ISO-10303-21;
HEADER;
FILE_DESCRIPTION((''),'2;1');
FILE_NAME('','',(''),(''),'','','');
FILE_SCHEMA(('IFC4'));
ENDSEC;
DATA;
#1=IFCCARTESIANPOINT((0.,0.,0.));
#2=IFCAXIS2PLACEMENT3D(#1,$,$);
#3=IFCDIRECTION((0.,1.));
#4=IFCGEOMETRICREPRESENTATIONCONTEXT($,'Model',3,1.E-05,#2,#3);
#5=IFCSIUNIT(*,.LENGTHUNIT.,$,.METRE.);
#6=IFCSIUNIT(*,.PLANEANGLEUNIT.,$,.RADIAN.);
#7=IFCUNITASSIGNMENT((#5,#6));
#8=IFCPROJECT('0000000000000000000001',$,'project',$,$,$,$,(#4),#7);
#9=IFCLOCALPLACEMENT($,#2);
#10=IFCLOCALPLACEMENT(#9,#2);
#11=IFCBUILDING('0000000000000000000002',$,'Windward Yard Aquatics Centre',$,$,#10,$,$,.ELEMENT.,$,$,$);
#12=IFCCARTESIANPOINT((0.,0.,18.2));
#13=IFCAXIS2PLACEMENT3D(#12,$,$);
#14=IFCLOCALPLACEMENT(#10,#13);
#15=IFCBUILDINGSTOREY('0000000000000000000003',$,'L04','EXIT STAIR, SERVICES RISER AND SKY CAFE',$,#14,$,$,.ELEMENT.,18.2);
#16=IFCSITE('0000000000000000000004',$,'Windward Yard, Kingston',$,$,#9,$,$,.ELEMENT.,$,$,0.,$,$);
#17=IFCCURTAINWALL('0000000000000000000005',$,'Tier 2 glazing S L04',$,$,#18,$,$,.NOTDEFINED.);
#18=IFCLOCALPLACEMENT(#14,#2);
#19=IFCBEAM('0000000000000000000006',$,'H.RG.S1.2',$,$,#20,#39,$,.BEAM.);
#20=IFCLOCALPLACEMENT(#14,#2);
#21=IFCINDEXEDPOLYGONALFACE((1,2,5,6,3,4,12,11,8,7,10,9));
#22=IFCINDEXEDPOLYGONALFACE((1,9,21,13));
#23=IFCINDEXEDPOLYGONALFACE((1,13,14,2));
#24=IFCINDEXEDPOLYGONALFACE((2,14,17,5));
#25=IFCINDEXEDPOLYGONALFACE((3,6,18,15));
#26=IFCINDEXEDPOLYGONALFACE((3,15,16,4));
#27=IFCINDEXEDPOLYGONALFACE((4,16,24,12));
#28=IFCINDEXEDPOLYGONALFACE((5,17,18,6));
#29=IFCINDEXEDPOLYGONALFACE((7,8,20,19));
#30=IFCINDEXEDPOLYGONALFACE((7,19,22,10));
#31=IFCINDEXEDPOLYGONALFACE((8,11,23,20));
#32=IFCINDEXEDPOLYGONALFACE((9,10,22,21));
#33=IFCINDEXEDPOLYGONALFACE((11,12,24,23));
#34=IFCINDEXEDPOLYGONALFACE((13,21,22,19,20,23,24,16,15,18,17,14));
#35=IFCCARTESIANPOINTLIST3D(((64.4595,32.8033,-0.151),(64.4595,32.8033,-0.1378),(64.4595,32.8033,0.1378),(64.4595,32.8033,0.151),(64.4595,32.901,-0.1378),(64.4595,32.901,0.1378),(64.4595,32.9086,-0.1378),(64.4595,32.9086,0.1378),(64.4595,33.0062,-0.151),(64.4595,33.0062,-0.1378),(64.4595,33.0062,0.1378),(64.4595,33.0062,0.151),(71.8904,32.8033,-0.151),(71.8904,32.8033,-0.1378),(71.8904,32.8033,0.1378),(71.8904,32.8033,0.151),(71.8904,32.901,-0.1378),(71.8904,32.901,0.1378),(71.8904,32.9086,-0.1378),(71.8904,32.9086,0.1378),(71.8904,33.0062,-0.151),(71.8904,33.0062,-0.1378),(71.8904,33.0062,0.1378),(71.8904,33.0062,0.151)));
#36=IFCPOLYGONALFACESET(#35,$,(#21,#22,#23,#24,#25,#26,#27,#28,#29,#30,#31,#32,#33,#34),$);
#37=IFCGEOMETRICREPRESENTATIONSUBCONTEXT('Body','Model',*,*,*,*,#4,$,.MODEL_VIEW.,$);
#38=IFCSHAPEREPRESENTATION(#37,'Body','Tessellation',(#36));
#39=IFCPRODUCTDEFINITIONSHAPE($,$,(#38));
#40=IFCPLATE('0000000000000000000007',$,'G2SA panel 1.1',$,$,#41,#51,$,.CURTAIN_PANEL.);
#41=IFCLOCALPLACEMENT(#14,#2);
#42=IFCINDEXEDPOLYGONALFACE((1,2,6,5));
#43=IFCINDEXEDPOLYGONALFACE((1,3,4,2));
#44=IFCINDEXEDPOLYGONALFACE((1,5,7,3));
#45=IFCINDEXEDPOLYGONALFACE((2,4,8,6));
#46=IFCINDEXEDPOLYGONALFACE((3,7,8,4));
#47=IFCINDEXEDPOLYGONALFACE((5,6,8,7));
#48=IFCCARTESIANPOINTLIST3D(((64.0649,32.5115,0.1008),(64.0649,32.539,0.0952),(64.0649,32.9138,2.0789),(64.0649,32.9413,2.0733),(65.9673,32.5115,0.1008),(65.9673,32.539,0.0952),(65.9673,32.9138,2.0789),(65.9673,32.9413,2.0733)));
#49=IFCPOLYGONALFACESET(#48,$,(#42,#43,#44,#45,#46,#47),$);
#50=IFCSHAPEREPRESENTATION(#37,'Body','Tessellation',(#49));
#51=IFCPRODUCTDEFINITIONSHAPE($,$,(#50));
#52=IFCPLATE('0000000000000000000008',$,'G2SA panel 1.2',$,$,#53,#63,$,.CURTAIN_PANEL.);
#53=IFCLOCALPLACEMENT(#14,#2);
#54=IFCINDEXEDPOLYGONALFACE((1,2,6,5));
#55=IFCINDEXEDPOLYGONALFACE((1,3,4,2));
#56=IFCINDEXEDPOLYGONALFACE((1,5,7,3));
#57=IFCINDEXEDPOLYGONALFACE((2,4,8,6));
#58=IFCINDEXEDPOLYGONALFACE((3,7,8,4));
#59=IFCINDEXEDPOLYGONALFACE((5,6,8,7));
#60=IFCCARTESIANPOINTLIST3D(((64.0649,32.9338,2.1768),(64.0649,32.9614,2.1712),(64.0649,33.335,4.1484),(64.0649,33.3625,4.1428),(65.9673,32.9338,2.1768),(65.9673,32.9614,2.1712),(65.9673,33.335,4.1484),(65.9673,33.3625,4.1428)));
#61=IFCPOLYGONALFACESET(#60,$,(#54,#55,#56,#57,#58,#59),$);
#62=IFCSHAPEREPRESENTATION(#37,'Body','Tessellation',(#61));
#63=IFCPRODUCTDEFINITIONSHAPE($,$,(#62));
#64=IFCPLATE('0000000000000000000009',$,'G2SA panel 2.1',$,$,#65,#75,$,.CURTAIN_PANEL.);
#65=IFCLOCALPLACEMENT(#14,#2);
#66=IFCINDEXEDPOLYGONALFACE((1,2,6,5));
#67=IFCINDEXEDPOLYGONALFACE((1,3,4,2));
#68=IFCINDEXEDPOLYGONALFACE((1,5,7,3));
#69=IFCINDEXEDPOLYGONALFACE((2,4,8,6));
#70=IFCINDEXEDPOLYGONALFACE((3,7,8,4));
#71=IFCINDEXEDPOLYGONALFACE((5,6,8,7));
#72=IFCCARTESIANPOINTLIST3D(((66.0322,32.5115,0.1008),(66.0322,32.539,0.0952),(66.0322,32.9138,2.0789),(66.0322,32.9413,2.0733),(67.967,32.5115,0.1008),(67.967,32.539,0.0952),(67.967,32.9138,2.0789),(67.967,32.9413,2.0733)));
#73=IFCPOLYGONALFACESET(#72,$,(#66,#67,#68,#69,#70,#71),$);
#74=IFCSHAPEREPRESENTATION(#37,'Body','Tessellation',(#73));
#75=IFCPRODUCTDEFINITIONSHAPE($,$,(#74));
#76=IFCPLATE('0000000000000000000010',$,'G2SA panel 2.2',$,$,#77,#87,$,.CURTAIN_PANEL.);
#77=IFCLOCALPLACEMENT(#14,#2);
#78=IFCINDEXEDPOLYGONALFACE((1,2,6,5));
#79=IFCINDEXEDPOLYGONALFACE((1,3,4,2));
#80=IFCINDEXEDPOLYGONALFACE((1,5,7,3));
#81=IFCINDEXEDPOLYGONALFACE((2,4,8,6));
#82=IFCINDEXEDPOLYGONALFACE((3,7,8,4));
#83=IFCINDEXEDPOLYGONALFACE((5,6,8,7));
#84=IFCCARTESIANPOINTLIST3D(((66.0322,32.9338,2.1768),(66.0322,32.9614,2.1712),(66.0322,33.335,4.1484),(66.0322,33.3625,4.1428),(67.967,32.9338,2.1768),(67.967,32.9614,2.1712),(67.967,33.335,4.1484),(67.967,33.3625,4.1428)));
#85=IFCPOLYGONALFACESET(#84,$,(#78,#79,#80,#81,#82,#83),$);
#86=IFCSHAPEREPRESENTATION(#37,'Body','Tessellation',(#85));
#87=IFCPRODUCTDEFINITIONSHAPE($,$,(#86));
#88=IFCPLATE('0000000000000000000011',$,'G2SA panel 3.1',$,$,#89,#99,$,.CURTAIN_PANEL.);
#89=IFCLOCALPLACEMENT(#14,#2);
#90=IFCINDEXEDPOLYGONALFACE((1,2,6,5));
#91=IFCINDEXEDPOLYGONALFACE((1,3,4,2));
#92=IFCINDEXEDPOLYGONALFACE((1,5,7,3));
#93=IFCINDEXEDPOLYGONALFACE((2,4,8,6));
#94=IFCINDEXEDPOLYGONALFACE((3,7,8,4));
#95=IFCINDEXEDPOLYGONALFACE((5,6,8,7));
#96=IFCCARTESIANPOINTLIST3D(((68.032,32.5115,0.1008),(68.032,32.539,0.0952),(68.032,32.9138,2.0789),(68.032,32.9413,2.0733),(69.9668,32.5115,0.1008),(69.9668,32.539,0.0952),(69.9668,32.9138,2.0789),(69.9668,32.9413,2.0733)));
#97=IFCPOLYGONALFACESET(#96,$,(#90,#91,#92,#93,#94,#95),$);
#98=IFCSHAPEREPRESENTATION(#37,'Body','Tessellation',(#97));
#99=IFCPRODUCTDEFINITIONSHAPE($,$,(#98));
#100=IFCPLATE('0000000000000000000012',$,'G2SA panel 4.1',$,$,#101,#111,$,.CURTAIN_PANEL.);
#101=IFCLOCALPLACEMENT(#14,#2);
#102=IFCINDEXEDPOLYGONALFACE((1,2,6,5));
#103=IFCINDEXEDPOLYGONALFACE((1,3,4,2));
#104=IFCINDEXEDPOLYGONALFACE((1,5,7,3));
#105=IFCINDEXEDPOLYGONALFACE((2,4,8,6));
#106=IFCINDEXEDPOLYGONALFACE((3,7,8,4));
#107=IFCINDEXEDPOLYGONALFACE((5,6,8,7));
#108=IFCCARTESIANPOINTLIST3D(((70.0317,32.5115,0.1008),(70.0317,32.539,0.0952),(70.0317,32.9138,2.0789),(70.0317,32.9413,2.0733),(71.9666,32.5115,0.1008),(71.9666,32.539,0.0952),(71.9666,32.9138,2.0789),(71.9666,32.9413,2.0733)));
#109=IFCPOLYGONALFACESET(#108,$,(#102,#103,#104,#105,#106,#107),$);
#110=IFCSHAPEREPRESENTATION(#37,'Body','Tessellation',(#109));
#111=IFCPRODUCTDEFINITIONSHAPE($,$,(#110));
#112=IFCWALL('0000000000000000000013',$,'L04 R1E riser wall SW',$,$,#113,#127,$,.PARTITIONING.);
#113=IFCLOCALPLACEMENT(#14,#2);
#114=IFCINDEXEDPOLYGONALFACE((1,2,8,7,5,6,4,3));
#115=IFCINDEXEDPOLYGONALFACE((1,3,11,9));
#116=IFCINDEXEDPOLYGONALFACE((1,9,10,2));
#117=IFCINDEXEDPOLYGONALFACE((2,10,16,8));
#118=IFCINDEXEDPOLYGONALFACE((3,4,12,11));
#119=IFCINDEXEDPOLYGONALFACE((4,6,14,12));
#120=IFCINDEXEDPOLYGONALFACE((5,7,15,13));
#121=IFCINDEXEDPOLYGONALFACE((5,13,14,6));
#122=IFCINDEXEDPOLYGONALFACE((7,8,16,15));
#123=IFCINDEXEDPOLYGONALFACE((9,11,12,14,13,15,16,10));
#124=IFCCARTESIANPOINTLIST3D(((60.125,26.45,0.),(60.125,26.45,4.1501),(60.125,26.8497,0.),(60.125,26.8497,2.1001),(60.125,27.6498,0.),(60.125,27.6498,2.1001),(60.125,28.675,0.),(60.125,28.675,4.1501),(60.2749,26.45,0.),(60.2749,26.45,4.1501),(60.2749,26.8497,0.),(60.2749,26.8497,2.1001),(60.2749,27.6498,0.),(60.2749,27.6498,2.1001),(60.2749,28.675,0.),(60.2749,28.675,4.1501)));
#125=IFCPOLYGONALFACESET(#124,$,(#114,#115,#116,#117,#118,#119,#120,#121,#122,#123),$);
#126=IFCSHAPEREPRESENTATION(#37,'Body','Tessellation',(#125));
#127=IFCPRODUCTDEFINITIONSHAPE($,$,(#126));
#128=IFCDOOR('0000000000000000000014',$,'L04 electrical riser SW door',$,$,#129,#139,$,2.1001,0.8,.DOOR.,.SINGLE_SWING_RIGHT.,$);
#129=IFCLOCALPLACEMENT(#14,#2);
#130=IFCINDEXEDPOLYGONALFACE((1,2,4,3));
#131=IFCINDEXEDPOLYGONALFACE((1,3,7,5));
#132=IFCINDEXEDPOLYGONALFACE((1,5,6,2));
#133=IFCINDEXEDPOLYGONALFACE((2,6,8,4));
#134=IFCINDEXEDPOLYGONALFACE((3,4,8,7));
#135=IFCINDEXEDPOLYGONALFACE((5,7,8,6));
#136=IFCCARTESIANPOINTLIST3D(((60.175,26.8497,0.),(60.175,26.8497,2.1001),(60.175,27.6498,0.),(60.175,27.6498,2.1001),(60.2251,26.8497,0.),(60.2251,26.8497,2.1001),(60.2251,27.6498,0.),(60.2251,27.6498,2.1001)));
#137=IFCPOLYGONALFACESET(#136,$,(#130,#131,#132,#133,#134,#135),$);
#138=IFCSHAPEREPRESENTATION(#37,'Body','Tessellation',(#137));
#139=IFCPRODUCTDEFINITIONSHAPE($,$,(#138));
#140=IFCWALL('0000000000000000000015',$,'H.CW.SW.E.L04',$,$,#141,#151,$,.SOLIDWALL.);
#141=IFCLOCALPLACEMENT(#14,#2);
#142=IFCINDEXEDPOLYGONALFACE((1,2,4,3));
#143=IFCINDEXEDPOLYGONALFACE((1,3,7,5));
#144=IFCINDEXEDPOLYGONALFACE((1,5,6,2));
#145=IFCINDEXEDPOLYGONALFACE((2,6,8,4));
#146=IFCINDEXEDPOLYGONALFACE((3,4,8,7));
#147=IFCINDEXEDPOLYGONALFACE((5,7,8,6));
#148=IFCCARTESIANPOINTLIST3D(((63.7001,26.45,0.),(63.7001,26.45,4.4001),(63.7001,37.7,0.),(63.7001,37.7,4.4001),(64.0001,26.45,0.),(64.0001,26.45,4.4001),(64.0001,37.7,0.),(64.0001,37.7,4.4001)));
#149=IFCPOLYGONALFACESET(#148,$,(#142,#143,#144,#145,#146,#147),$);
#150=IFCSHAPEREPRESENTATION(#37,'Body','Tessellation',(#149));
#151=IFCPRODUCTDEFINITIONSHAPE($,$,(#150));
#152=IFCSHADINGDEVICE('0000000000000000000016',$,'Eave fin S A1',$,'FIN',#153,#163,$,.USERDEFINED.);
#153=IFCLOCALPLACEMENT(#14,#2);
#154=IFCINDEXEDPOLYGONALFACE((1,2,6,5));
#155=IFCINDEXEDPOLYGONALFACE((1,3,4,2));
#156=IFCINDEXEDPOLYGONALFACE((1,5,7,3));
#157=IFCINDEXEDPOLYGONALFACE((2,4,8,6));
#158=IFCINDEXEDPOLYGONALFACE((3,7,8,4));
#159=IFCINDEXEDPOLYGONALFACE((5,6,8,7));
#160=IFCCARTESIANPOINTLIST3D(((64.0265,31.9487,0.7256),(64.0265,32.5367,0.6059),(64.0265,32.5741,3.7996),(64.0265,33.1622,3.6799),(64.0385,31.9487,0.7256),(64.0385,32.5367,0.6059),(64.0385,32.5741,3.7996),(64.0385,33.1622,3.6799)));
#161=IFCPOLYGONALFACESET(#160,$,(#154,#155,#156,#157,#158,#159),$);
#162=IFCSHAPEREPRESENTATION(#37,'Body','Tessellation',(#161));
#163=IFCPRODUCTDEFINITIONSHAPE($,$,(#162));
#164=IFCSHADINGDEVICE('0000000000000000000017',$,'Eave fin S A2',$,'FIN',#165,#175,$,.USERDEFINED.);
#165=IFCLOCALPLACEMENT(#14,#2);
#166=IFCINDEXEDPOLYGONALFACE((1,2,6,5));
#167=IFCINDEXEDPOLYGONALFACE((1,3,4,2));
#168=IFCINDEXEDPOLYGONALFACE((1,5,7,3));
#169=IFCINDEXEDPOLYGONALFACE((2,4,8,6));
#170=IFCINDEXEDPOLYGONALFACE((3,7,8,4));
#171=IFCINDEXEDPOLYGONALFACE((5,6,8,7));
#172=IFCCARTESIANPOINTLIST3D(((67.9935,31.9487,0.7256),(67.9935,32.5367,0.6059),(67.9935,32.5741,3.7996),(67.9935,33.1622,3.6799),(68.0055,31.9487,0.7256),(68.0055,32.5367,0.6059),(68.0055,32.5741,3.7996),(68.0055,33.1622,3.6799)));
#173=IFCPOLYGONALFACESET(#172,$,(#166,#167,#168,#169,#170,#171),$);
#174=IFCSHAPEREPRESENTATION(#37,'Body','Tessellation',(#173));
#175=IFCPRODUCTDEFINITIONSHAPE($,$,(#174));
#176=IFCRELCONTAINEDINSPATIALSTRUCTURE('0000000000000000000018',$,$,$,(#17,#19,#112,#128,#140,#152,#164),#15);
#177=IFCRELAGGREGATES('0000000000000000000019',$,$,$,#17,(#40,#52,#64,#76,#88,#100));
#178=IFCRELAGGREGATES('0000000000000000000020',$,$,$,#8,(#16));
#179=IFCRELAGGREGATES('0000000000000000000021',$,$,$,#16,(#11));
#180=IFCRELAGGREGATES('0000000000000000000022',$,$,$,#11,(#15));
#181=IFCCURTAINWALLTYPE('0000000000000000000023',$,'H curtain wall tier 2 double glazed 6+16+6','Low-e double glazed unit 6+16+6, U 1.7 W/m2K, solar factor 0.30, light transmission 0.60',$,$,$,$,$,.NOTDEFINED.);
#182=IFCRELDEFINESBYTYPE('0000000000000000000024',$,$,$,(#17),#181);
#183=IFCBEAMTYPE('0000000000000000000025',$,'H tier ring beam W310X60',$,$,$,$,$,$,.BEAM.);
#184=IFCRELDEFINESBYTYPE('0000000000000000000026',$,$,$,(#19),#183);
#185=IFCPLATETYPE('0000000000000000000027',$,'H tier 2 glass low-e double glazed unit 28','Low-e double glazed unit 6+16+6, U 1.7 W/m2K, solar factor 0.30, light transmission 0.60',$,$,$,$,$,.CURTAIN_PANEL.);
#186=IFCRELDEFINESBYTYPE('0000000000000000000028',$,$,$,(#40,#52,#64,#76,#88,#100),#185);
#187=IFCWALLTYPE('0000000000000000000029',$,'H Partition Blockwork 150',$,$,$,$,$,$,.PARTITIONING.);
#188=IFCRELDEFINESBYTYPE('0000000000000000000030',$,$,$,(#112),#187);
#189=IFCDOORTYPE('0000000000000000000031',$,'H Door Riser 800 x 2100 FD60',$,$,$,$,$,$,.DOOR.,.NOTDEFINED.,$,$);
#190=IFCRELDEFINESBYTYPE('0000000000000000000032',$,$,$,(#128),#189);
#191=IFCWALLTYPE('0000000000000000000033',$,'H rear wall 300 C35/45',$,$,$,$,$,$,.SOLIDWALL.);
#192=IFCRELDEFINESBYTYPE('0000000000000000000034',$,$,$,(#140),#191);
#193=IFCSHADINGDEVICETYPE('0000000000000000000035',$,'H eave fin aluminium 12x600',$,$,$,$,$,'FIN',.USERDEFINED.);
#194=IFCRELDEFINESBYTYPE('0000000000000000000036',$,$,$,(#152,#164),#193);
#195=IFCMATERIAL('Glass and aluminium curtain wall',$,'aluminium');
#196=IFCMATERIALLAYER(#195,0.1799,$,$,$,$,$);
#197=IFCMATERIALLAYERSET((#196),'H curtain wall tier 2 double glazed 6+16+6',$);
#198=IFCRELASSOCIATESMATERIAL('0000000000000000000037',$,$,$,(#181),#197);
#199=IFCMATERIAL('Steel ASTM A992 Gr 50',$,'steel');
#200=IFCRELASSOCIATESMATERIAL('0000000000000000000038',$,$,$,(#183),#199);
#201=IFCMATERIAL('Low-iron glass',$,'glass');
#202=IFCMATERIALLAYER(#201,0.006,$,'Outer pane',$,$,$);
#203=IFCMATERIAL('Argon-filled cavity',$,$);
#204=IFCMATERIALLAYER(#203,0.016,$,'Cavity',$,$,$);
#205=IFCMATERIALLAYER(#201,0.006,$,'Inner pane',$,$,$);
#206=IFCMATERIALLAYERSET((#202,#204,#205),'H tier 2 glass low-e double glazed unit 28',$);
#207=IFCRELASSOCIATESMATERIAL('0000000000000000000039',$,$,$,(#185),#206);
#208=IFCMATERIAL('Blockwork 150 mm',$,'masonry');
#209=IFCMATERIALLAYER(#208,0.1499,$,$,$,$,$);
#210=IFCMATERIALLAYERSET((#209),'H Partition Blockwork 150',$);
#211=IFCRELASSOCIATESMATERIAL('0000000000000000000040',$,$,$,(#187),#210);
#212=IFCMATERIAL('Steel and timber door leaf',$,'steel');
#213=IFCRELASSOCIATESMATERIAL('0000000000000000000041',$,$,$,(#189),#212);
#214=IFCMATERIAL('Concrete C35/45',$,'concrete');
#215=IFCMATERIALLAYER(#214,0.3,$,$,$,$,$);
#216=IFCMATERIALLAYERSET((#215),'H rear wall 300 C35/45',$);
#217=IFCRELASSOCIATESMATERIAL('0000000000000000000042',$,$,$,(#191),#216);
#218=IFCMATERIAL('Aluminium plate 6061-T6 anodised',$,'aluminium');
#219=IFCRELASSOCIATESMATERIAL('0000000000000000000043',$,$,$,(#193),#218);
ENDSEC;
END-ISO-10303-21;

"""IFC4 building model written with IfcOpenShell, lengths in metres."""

from ifc_helpers import new_model, si_unit, direction, frame, frame_2d, origin, origin_2d, place, context, subcontext, project, spatial, polyline, rectangle, i_section, outline, extrude, material, layer, layer_set, material_profile, profile_set, type_object, element, fill, aggregate, save


model = new_model("IFC4")

# Units and contexts
model_context = context("Model", 3, precision=1e-05, world=origin(), true_north=direction((0.0, 1.0)))
body_context = subcontext(model_context, "Body", "Model", "MODEL_VIEW")
ifc_project = project(units=[si_unit("LENGTHUNIT", "METRE"), si_unit("PLANEANGLEUNIT", "RADIAN")], contexts=[model_context])

# Site, building, storey
site_placement = place(None, origin())
site = spatial("IfcSite", under=ifc_project, at=site_placement, Name="Windward Yard, Kingston", CompositionType="ELEMENT", RefElevation=0.0)
building_placement = place(site_placement, origin())
building = spatial("IfcBuilding", under=site, at=building_placement, Name="Windward Yard Aquatics Centre", CompositionType="ELEMENT")
storey_placement = place(building_placement, frame((0.0, 0.0, 18.2)))
storey = spatial("IfcBuildingStorey", under=building, at=storey_placement, Name="L04", Description="EXIT STAIR, SERVICES RISER AND SKY CAFE", CompositionType="ELEMENT", Elevation=18.2)

# Curtain wall
ifc_material_1 = material(Name="Glass and aluminium curtain wall", Category="aluminium")
ifc_layer_1 = layer(ifc_material_1, 0.1799)
ifc_layer_set_1 = layer_set([ifc_layer_1], Name="H curtain wall tier 2 double glazed 6+16+6")
curtain_wall_type = type_object("IfcCurtainWallType", Name="H curtain wall tier 2 double glazed 6+16+6", Description="Low-e double glazed unit 6+16+6, U 1.7 W/m2K, solar factor 0.30, light transmission 0.60", PredefinedType="NOTDEFINED", material=ifc_layer_set_1)
curtain_wall_placement = place(storey_placement, origin())
curtain_wall = element("IfcCurtainWall", 1, at=curtain_wall_placement, inside=storey, type_object=curtain_wall_type, Name="Tier 2 glazing S L04", PredefinedType="NOTDEFINED")

# Beam
ifc_material_2 = material(Name="Steel ASTM A992 Gr 50", Category="steel")
ifc_material_profile_1 = material_profile(ifc_material_2, i_section(OverallWidth=0.2029, OverallDepth=0.302, WebThickness=0.0076, FlangeThickness=0.0132, at=origin_2d()), Name="W310X60")
ifc_profile_set_1 = profile_set([ifc_material_profile_1], Name="Steel ASTM A992 Gr 50")
beam_type = type_object("IfcBeamType", Name="H tier ring beam W310X60", PredefinedType="BEAM", material=ifc_profile_set_1)
beam_placement = place(storey_placement, frame((64.4595, 32.9048, 0.0), z_axis=(1.0, 0.0, 0.0), x_axis=(0.0, 1.0, 0.0)))
element("IfcBeam", 2, at=beam_placement, inside=storey, type_object=beam_type, Name="H.RG.S1.2", PredefinedType="BEAM", context=body_context, shape_type="SweptSolid", body=[
    extrude(i_section(OverallWidth=0.2029, OverallDepth=0.302, WebThickness=0.0076, FlangeThickness=0.0132, at=origin_2d()), origin(), (0.0, 0.0, 1.0), 7.4309),
])

# Plates
ifc_material_3 = material(Name="Low-iron glass", Category="glass")
ifc_layer_2 = layer(ifc_material_3, 0.006, Name="Outer pane")
ifc_material_4 = material(Name="Argon-filled cavity")
ifc_layer_3 = layer(ifc_material_4, 0.016, Name="Cavity")
ifc_layer_4 = layer(ifc_material_3, 0.006, Name="Inner pane")
ifc_layer_set_2 = layer_set([ifc_layer_2, ifc_layer_3, ifc_layer_4], Name="H tier 2 glass low-e double glazed unit 28")
plate_type = type_object("IfcPlateType", Name="H tier 2 glass low-e double glazed unit 28", Description="Low-e double glazed unit 6+16+6, U 1.7 W/m2K, solar factor 0.30, light transmission 0.60", PredefinedType="CURTAIN_PANEL", material=ifc_layer_set_2)
plate_1_placement = place(storey_placement, frame((64.0649, 32.5115, 0.1008), z_axis=(0.0, -0.979933, 0.199325), x_axis=(1.0, 0.0, 0.0)))
plate_1 = element("IfcPlate", 3, at=plate_1_placement, type_object=plate_type, Name="G2SA panel 1.1", PredefinedType="CURTAIN_PANEL", context=body_context, shape_type="SweptSolid", body=[
    extrude(outline(polyline([(0.0, 0.0), (1.9023, 0.0), (1.9023, 2.0185), (0.0, 2.0185), (0.0, 0.0)])), origin(), (0.0, 0.0, -1.0), 0.0281),
])
plate_2_placement = place(storey_placement, frame((64.0649, 32.9338, 2.1768), z_axis=(0.0, -0.979927, 0.199359), x_axis=(1.0, 0.0, 0.0)))
plate_2 = element("IfcPlate", 4, at=plate_2_placement, type_object=plate_type, Name="G2SA panel 1.2", PredefinedType="CURTAIN_PANEL", context=body_context, shape_type="SweptSolid", body=[
    extrude(outline(polyline([(0.0, 0.0), (1.9023, 0.0), (1.9023, 2.0121), (0.0, 2.0121), (0.0, 0.0)])), origin(), (0.0, 0.0, -1.0), 0.0281),
])
plate_3_placement = place(storey_placement, frame((66.0322, 32.5115, 0.1008), z_axis=(0.0, -0.979933, 0.199325), x_axis=(1.0, 0.0, 0.0)))
plate_3 = element("IfcPlate", 5, at=plate_3_placement, type_object=plate_type, Name="G2SA panel 2.1", PredefinedType="CURTAIN_PANEL", context=body_context, shape_type="SweptSolid", body=[
    extrude(outline(polyline([(0.0, 0.0), (1.9348, 0.0), (1.9348, 2.0185), (0.0, 2.0185), (0.0, 0.0)])), origin(), (0.0, 0.0, -1.0), 0.0281),
])
plate_4_placement = place(storey_placement, frame((66.0322, 32.9338, 2.1768), z_axis=(0.0, -0.979927, 0.199359), x_axis=(1.0, 0.0, 0.0)))
plate_4 = element("IfcPlate", 6, at=plate_4_placement, type_object=plate_type, Name="G2SA panel 2.2", PredefinedType="CURTAIN_PANEL", context=body_context, shape_type="SweptSolid", body=[
    extrude(outline(polyline([(0.0, 0.0), (1.9348, 0.0), (1.9348, 2.0121), (0.0, 2.0121), (0.0, 0.0)])), origin(), (0.0, 0.0, -1.0), 0.0281),
])
plate_5_placement = place(storey_placement, frame((68.032, 32.5115, 0.1008), z_axis=(0.0, -0.979933, 0.199325), x_axis=(1.0, 0.0, 0.0)))
plate_5 = element("IfcPlate", 7, at=plate_5_placement, type_object=plate_type, Name="G2SA panel 3.1", PredefinedType="CURTAIN_PANEL", context=body_context, shape_type="SweptSolid", body=[
    extrude(outline(polyline([(0.0, 0.0), (1.9348, 0.0), (1.9348, 2.0185), (0.0, 2.0185), (0.0, 0.0)])), origin(), (0.0, 0.0, -1.0), 0.0281),
])
plate_6_placement = place(storey_placement, frame((70.0317, 32.5115, 0.1008), z_axis=(0.0, -0.979933, 0.199325), x_axis=(1.0, 0.0, 0.0)))
plate_6 = element("IfcPlate", 8, at=plate_6_placement, type_object=plate_type, Name="G2SA panel 4.1", PredefinedType="CURTAIN_PANEL", context=body_context, shape_type="SweptSolid", body=[
    extrude(outline(polyline([(0.0, 0.0), (1.9348, 0.0), (1.9348, 2.0185), (0.0, 2.0185), (0.0, 0.0)])), origin(), (0.0, 0.0, -1.0), 0.0281),
])
aggregate(curtain_wall, [plate_1, plate_2, plate_3, plate_4, plate_5, plate_6])

# Wall, opening, door
ifc_material_5 = material(Name="Blockwork 150 mm", Category="masonry")
ifc_layer_5 = layer(ifc_material_5, 0.1499)
ifc_layer_set_3 = layer_set([ifc_layer_5], Name="H Partition Blockwork 150")
wall_type_1 = type_object("IfcWallType", Name="H Partition Blockwork 150", PredefinedType="PARTITIONING", material=ifc_layer_set_3)
wall_1_placement = place(storey_placement, frame((60.2, 26.45, 0.0), z_axis=(0.0, 0.0, 1.0), x_axis=(0.0, 1.0, 0.0)))
wall_1 = element("IfcWall", 9, at=wall_1_placement, inside=storey, type_object=wall_type_1, Name="L04 R1E riser wall SW", PredefinedType="PARTITIONING", context=body_context, shape_type="SweptSolid", body=[
    extrude(rectangle(XDim=2.2251, YDim=0.1499, at=frame_2d((1.1125, 0.0))), origin(), (0.0, 0.0, 1.0), 4.1501),
])
opening_placement = place(wall_1_placement, frame((0.3999, 0.0, 0.0)))
opening = element("IfcOpeningElement", 10, at=opening_placement, cuts=wall_1, PredefinedType="OPENING", context=body_context, shape_type="SweptSolid", body=[
    extrude(rectangle(XDim=0.8, YDim=2.1001, at=frame_2d((0.3999, 1.05))), frame((0.0, 0.085, 0.0), z_axis=(0.0, -1.0, 0.0), x_axis=(1.0, 0.0, 0.0)), (0.0, 0.0, 1.0), 0.1699),
])
ifc_material_6 = material(Name="Steel and timber door leaf", Category="steel")
door_type = type_object("IfcDoorType", Name="H Door Riser 800 x 2100 FD60", OperationType="NOTDEFINED", PredefinedType="DOOR", material=ifc_material_6)
door_placement = place(opening_placement, origin())
door = element("IfcDoor", 11, at=door_placement, inside=storey, type_object=door_type, Name="L04 electrical riser SW door", OperationType="SINGLE_SWING_RIGHT", OverallHeight=2.1001, OverallWidth=0.8, PredefinedType="DOOR", context=body_context, shape_type="SweptSolid", body=[
    extrude(rectangle(XDim=0.8, YDim=2.1001, at=frame_2d((0.3999, 1.05))), frame((0.0, 0.0249, 0.0), z_axis=(0.0, -1.0, 0.0), x_axis=(1.0, 0.0, 0.0)), (0.0, 0.0, 1.0), 0.05),
])
fill(opening, door)

# Wall
ifc_material_7 = material(Name="Concrete C35/45", Category="concrete")
ifc_layer_6 = layer(ifc_material_7, 0.3)
ifc_layer_set_4 = layer_set([ifc_layer_6], Name="H rear wall 300 C35/45")
wall_type_2 = type_object("IfcWallType", Name="H rear wall 300 C35/45", PredefinedType="SOLIDWALL", material=ifc_layer_set_4)
wall_2_placement = place(storey_placement, frame((63.8501, 26.45, 0.0), z_axis=(0.0, 0.0, 1.0), x_axis=(0.0, 1.0, 0.0)))
element("IfcWall", 12, at=wall_2_placement, inside=storey, type_object=wall_type_2, Name="H.CW.SW.E.L04", PredefinedType="SOLIDWALL", context=body_context, shape_type="SweptSolid", body=[
    extrude(rectangle(XDim=11.25, YDim=0.3, at=frame_2d((5.625, 0.0))), origin(), (0.0, 0.0, 1.0), 4.4001),
])

# Shading devices
ifc_material_8 = material(Name="Aluminium plate 6061-T6 anodised", Category="aluminium")
ifc_material_profile_2 = material_profile(ifc_material_8, rectangle(XDim=0.012, YDim=0.6001, at=origin_2d()), Name="H eave fin aluminium 12x600")
ifc_profile_set_2 = profile_set([ifc_material_profile_2], Name="Aluminium plate 6061-T6 anodised")
shading_device_type = type_object("IfcShadingDeviceType", Name="H eave fin aluminium 12x600", ElementType="FIN", PredefinedType="USERDEFINED", material=ifc_profile_set_2)
for number, where, z_axis, x_axis, name in (
    (13, (64.0325, 32.2427, 0.6658), (0.0, 0.199393, 0.97992), (-1.0, 0.0, 0.0), "Eave fin S A1"),
    (14, (67.9995, 32.2427, 0.6658), (0.0, 0.199393, 0.97992), (-1.0, 0.0, 0.0), "Eave fin S A2"),
):
    element("IfcShadingDevice", number, at=place(storey_placement, frame(where, z_axis=z_axis, x_axis=x_axis)), inside=storey, type_object=shading_device_type, Name=name, ObjectType="FIN", PredefinedType="USERDEFINED", context=body_context, shape_type="SweptSolid", body=[
        extrude(rectangle(XDim=0.012, YDim=0.6001, at=origin_2d()), origin(), (0.0, 0.0, 1.0), 3.137),
    ])

save(model, "model.ifc")
